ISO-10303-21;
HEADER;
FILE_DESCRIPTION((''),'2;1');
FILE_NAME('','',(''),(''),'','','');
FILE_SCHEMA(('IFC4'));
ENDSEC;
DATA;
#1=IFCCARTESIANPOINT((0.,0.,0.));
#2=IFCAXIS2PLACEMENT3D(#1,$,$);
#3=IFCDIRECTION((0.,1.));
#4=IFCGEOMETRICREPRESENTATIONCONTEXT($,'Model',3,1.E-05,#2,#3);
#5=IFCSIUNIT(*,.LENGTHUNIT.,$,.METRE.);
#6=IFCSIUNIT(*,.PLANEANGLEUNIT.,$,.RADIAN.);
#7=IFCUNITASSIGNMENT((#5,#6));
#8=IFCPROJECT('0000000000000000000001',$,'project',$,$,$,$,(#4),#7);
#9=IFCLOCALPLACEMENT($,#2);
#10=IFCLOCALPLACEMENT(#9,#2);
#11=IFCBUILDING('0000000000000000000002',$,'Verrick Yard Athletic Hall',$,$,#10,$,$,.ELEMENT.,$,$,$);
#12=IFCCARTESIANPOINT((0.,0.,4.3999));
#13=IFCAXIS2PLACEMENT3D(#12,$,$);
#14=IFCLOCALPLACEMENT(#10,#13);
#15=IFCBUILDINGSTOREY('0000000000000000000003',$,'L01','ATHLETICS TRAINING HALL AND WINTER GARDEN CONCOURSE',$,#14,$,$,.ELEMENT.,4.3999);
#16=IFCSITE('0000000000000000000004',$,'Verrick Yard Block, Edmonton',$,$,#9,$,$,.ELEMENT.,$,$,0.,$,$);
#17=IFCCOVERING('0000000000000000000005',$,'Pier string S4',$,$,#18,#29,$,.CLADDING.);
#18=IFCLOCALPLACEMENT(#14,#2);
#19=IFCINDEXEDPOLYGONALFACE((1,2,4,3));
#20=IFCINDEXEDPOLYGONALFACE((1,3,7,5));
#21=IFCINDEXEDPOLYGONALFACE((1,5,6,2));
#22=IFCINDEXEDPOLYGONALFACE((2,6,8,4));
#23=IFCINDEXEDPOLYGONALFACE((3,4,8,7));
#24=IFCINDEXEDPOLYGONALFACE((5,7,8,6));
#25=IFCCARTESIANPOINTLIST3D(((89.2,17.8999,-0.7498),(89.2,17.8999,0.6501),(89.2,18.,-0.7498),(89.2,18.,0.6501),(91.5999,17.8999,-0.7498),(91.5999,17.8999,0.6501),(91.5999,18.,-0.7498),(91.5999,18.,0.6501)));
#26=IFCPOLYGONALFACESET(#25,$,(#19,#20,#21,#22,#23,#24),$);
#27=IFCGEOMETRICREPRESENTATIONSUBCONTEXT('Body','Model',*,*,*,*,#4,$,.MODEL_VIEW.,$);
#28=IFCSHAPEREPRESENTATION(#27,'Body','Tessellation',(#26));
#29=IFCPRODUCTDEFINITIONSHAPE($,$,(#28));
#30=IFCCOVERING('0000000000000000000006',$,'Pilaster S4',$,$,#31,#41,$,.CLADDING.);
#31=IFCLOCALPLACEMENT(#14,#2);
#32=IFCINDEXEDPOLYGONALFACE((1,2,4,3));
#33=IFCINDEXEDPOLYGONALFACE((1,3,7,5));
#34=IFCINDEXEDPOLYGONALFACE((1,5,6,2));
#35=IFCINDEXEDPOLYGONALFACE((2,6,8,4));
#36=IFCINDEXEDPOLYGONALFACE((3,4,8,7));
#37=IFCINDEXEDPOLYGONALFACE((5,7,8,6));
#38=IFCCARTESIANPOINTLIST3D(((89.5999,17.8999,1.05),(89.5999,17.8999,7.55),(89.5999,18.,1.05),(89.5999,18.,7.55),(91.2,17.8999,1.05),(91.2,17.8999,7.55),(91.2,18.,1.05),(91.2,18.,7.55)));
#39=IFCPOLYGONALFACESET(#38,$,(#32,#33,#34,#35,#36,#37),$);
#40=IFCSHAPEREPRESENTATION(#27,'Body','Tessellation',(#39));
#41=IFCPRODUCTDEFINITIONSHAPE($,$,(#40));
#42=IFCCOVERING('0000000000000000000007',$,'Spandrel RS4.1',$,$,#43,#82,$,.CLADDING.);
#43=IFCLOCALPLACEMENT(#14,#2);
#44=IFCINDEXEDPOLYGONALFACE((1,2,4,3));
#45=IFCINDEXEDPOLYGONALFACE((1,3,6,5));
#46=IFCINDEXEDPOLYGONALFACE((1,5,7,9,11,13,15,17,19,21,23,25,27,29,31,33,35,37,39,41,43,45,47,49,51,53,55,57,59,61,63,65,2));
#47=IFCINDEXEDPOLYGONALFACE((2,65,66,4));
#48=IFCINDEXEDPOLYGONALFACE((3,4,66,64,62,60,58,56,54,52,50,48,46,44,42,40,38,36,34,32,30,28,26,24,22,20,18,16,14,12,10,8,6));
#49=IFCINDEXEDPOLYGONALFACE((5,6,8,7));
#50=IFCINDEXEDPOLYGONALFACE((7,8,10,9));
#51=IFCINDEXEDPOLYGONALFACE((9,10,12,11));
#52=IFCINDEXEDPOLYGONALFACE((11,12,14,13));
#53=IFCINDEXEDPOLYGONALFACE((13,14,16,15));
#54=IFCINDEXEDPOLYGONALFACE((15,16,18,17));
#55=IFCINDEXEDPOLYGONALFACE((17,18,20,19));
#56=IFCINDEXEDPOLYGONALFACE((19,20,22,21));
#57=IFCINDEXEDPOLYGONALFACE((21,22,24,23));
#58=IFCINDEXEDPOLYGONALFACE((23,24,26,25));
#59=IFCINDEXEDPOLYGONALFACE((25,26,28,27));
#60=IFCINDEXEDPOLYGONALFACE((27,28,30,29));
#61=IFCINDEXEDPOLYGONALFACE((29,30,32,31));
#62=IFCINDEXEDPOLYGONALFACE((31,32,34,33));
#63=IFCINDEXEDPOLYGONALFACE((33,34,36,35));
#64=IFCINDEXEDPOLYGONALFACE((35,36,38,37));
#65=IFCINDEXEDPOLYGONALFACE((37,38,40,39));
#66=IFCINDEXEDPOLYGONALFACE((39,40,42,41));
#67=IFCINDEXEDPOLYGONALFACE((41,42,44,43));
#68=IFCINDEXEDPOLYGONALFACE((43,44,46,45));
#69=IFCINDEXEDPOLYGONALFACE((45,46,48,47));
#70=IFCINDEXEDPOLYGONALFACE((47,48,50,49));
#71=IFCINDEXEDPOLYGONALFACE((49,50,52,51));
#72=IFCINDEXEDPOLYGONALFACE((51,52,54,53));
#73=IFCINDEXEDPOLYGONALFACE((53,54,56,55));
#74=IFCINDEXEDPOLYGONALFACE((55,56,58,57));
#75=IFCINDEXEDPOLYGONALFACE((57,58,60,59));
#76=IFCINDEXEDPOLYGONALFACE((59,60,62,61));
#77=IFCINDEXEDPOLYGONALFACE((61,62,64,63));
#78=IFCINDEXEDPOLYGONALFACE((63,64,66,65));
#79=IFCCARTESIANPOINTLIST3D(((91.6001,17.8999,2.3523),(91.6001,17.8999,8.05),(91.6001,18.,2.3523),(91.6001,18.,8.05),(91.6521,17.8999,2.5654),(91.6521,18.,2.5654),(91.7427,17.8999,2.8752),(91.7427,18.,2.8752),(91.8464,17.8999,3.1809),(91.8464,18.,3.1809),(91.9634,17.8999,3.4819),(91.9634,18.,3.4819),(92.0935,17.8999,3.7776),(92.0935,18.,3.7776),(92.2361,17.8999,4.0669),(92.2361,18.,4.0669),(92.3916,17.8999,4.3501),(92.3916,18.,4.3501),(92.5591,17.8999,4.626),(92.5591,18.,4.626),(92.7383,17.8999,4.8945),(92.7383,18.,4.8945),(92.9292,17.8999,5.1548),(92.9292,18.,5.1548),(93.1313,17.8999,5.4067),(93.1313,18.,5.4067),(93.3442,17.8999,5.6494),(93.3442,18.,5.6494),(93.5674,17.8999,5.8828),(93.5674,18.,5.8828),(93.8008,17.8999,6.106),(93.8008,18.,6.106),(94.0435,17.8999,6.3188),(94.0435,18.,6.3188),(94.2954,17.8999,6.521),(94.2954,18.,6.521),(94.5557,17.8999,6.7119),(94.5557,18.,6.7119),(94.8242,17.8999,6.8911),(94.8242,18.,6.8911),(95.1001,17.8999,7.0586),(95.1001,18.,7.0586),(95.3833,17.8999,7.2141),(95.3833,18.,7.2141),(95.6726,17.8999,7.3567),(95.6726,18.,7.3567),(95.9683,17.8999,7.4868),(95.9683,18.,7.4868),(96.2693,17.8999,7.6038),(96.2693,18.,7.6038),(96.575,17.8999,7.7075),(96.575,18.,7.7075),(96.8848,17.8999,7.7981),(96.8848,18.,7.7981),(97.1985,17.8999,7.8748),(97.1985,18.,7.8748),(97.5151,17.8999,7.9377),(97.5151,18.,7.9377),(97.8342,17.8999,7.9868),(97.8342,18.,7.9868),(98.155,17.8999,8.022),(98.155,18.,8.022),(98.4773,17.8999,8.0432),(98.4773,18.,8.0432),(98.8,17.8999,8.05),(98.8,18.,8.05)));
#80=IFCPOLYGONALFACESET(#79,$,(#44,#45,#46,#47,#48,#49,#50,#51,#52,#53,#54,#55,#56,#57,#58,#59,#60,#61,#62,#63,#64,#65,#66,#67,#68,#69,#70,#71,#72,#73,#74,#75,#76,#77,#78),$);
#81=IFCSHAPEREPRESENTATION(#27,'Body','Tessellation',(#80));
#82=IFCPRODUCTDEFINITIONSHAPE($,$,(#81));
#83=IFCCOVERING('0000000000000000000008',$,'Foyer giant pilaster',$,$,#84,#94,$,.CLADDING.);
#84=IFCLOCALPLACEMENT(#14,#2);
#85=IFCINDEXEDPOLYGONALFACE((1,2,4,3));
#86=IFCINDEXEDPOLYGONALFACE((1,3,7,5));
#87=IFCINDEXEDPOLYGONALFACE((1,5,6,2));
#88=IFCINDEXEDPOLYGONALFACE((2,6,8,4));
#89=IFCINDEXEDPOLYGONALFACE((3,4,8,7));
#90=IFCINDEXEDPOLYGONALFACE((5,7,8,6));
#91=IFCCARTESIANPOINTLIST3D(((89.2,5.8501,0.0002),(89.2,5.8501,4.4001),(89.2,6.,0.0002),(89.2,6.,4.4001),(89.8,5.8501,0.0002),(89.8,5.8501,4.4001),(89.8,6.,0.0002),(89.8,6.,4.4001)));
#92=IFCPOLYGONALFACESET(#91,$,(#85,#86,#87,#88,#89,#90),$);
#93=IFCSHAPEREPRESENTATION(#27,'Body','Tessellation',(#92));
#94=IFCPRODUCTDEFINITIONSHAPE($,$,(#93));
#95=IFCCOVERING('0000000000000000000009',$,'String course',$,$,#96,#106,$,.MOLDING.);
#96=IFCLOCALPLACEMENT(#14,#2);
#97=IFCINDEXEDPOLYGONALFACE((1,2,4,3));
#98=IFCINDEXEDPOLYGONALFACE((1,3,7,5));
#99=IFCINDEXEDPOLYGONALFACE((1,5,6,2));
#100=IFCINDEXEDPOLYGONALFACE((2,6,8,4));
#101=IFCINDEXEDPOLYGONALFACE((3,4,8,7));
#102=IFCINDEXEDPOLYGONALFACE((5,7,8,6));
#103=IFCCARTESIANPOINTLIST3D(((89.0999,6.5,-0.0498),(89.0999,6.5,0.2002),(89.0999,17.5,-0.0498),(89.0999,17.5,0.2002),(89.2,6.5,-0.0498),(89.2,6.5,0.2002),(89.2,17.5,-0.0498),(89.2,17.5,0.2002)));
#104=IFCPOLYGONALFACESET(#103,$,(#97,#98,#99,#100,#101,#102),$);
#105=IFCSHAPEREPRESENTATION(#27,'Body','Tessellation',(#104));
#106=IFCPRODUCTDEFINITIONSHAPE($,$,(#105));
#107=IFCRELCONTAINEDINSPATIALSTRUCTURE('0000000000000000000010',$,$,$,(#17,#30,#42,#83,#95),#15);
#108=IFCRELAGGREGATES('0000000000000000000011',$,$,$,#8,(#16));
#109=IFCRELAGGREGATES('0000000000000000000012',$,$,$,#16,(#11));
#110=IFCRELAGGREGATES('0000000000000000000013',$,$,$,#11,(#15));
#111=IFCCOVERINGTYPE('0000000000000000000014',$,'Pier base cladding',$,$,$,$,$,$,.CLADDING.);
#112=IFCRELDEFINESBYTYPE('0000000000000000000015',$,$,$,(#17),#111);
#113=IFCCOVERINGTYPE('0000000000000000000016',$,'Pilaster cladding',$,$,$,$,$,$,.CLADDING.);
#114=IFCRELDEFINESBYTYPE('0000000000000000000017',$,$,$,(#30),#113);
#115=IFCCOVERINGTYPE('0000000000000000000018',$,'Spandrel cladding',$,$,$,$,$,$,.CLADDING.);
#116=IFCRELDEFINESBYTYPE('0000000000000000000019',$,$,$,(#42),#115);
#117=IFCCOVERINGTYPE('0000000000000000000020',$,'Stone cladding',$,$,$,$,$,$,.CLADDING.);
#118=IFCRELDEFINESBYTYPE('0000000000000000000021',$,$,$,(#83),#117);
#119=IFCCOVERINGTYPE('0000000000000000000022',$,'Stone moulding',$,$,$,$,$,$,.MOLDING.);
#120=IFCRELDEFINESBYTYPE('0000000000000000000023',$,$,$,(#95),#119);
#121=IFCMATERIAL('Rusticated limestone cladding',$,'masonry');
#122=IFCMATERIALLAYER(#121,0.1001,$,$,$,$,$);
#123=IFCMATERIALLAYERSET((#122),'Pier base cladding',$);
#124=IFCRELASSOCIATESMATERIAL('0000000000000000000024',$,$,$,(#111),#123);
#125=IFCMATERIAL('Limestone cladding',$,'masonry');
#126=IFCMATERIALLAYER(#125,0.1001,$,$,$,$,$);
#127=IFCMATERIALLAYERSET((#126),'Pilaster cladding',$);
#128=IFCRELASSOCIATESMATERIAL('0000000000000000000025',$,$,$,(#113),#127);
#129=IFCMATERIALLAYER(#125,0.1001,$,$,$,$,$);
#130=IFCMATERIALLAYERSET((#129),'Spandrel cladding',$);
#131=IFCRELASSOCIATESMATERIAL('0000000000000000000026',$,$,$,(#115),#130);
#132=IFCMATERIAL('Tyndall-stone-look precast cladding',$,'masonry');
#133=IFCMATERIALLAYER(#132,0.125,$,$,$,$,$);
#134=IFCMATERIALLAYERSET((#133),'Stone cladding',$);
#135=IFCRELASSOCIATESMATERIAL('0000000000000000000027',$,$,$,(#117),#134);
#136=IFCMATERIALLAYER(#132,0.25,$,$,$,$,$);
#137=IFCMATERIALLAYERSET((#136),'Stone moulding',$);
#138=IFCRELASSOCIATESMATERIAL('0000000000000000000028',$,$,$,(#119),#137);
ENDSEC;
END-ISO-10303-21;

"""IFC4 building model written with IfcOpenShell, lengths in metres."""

from ifc_helpers import new_model, si_unit, direction, frame, origin, origin_2d, place, context, subcontext, project, spatial, polyline, rectangle, outline, extrude, material, layer, layer_set, type_object, element, save


model = new_model("IFC4")

# Units and contexts
model_context = context("Model", 3, precision=1e-05, world=origin(), true_north=direction((0.0, 1.0)))
body_context = subcontext(model_context, "Body", "Model", "MODEL_VIEW")
ifc_project = project(units=[si_unit("LENGTHUNIT", "METRE"), si_unit("PLANEANGLEUNIT", "RADIAN")], contexts=[model_context])

# Site, building, storey
site_placement = place(None, origin())
site = spatial("IfcSite", under=ifc_project, at=site_placement, Name="Verrick Yard Block, Edmonton", CompositionType="ELEMENT", RefElevation=0.0)
building_placement = place(site_placement, origin())
building = spatial("IfcBuilding", under=site, at=building_placement, Name="Verrick Yard Athletic Hall", CompositionType="ELEMENT")
storey_placement = place(building_placement, frame((0.0, 0.0, 4.3999)))
storey = spatial("IfcBuildingStorey", under=building, at=storey_placement, Name="L01", Description="ATHLETICS TRAINING HALL AND WINTER GARDEN CONCOURSE", CompositionType="ELEMENT", Elevation=4.3999)

# Shared definitions
ifc_material_1 = material(Name="Tyndall-stone-look precast cladding", Category="masonry")

# Coverings
ifc_material_2 = material(Name="Limestone cladding", Category="masonry")
ifc_material_3 = material(Name="Rusticated limestone cladding", Category="masonry")
ifc_layer_1 = layer(ifc_material_3, 0.1001)
ifc_layer_set_1 = layer_set([ifc_layer_1], Name="Pier base cladding")
covering_type_1 = type_object("IfcCoveringType", Name="Pier base cladding", PredefinedType="CLADDING", material=ifc_layer_set_1)
covering_1_placement = place(storey_placement, frame((90.3999, 17.95, -0.7498), z_axis=(0.0, 0.0, 1.0), x_axis=(1.0, 0.0, 0.0)))
element("IfcCovering", 1, at=covering_1_placement, inside=storey, type_object=covering_type_1, Name="Pier string S4", PredefinedType="CLADDING", context=body_context, shape_type="SweptSolid", body=[
    extrude(rectangle(XDim=2.3999, YDim=0.1001, at=origin_2d()), origin(), (0.0, 0.0, 1.0), 1.3999),
])
ifc_layer_2 = layer(ifc_material_2, 0.1001)
ifc_layer_set_2 = layer_set([ifc_layer_2], Name="Pilaster cladding")
covering_type_2 = type_object("IfcCoveringType", Name="Pilaster cladding", PredefinedType="CLADDING", material=ifc_layer_set_2)
covering_2_placement = place(storey_placement, frame((90.3999, 17.95, 1.05), z_axis=(0.0, 0.0, 1.0), x_axis=(1.0, 0.0, 0.0)))
element("IfcCovering", 2, at=covering_2_placement, inside=storey, type_object=covering_type_2, Name="Pilaster S4", PredefinedType="CLADDING", context=body_context, shape_type="SweptSolid", body=[
    extrude(rectangle(XDim=1.6001, YDim=0.1001, at=origin_2d()), origin(), (0.0, 0.0, 1.0), 6.5),
])
ifc_layer_3 = layer(ifc_material_2, 0.1001)
ifc_layer_set_3 = layer_set([ifc_layer_3], Name="Spandrel cladding")
covering_type_3 = type_object("IfcCoveringType", Name="Spandrel cladding", PredefinedType="CLADDING", material=ifc_layer_set_3)
covering_3_placement = place(storey_placement, frame((91.6001, 17.95, 2.3523), z_axis=(0.0, 0.0, 1.0), x_axis=(1.0, 0.0, 0.0)))
element("IfcCovering", 3, at=covering_3_placement, inside=storey, type_object=covering_type_3, Name="Spandrel RS4.1", PredefinedType="CLADDING", context=body_context, shape_type="SweptSolid", body=[
    extrude(outline(polyline([(0.0, 0.0), (0.052, 0.2131), (0.1426, 0.5229), (0.2463, 0.8286), (0.3633, 1.1296), (0.4934, 1.4253), (0.636, 1.7146), (0.7915, 1.9978), (0.959, 2.2737), (1.1382, 2.5422), (1.3291, 2.8025), (1.5312, 3.0544), (1.7441, 3.2971), (1.9673, 3.5305), (2.2007, 3.7537), (2.4434, 3.9666), (2.6953, 4.1687), (2.9556, 4.3596), (3.2241, 4.5388), (3.5, 4.7063), (3.7832, 4.8618), (4.0725, 5.0044), (4.3682, 5.1345), (4.6692, 5.2515), (4.9749, 5.3552), (5.2847, 5.4458), (5.5984, 5.5225), (5.915, 5.5854), (6.2341, 5.6345), (6.5549, 5.6697), (6.8772, 5.6909), (7.2, 5.6978), (0.0, 5.6978), (0.0, 0.0)])), frame((0.0, 0.05, 0.0), z_axis=(0.0, -1.0, 0.0), x_axis=(1.0, 0.0, 0.0)), (0.0, 0.0, 1.0), 0.1001),
])
ifc_layer_4 = layer(ifc_material_1, 0.125)
ifc_layer_set_4 = layer_set([ifc_layer_4], Name="Stone cladding")
covering_type_4 = type_object("IfcCoveringType", Name="Stone cladding", PredefinedType="CLADDING", material=ifc_layer_set_4)
covering_4_placement = place(storey_placement, frame((89.5, 5.925, 0.0002), z_axis=(0.0, 0.0, 1.0), x_axis=(1.0, 0.0, 0.0)))
element("IfcCovering", 4, at=covering_4_placement, inside=storey, type_object=covering_type_4, Name="Foyer giant pilaster", PredefinedType="CLADDING", context=body_context, shape_type="SweptSolid", body=[
    extrude(rectangle(XDim=0.6001, YDim=0.1499, at=origin_2d()), origin(), (0.0, 0.0, 1.0), 4.3999),
])
ifc_layer_5 = layer(ifc_material_1, 0.25)
ifc_layer_set_5 = layer_set([ifc_layer_5], Name="Stone moulding")
covering_type_5 = type_object("IfcCoveringType", Name="Stone moulding", PredefinedType="MOLDING", material=ifc_layer_set_5)
covering_5_placement = place(storey_placement, frame((89.1499, 12.0, -0.0498), z_axis=(0.0, 0.0, 1.0), x_axis=(0.0, 1.0, 0.0)))
element("IfcCovering", 5, at=covering_5_placement, inside=storey, type_object=covering_type_5, Name="String course", PredefinedType="MOLDING", context=body_context, shape_type="SweptSolid", body=[
    extrude(rectangle(XDim=11.0, YDim=0.1001, at=origin_2d()), origin(), (0.0, 0.0, 1.0), 0.25),
])

save(model, "model.ifc")
